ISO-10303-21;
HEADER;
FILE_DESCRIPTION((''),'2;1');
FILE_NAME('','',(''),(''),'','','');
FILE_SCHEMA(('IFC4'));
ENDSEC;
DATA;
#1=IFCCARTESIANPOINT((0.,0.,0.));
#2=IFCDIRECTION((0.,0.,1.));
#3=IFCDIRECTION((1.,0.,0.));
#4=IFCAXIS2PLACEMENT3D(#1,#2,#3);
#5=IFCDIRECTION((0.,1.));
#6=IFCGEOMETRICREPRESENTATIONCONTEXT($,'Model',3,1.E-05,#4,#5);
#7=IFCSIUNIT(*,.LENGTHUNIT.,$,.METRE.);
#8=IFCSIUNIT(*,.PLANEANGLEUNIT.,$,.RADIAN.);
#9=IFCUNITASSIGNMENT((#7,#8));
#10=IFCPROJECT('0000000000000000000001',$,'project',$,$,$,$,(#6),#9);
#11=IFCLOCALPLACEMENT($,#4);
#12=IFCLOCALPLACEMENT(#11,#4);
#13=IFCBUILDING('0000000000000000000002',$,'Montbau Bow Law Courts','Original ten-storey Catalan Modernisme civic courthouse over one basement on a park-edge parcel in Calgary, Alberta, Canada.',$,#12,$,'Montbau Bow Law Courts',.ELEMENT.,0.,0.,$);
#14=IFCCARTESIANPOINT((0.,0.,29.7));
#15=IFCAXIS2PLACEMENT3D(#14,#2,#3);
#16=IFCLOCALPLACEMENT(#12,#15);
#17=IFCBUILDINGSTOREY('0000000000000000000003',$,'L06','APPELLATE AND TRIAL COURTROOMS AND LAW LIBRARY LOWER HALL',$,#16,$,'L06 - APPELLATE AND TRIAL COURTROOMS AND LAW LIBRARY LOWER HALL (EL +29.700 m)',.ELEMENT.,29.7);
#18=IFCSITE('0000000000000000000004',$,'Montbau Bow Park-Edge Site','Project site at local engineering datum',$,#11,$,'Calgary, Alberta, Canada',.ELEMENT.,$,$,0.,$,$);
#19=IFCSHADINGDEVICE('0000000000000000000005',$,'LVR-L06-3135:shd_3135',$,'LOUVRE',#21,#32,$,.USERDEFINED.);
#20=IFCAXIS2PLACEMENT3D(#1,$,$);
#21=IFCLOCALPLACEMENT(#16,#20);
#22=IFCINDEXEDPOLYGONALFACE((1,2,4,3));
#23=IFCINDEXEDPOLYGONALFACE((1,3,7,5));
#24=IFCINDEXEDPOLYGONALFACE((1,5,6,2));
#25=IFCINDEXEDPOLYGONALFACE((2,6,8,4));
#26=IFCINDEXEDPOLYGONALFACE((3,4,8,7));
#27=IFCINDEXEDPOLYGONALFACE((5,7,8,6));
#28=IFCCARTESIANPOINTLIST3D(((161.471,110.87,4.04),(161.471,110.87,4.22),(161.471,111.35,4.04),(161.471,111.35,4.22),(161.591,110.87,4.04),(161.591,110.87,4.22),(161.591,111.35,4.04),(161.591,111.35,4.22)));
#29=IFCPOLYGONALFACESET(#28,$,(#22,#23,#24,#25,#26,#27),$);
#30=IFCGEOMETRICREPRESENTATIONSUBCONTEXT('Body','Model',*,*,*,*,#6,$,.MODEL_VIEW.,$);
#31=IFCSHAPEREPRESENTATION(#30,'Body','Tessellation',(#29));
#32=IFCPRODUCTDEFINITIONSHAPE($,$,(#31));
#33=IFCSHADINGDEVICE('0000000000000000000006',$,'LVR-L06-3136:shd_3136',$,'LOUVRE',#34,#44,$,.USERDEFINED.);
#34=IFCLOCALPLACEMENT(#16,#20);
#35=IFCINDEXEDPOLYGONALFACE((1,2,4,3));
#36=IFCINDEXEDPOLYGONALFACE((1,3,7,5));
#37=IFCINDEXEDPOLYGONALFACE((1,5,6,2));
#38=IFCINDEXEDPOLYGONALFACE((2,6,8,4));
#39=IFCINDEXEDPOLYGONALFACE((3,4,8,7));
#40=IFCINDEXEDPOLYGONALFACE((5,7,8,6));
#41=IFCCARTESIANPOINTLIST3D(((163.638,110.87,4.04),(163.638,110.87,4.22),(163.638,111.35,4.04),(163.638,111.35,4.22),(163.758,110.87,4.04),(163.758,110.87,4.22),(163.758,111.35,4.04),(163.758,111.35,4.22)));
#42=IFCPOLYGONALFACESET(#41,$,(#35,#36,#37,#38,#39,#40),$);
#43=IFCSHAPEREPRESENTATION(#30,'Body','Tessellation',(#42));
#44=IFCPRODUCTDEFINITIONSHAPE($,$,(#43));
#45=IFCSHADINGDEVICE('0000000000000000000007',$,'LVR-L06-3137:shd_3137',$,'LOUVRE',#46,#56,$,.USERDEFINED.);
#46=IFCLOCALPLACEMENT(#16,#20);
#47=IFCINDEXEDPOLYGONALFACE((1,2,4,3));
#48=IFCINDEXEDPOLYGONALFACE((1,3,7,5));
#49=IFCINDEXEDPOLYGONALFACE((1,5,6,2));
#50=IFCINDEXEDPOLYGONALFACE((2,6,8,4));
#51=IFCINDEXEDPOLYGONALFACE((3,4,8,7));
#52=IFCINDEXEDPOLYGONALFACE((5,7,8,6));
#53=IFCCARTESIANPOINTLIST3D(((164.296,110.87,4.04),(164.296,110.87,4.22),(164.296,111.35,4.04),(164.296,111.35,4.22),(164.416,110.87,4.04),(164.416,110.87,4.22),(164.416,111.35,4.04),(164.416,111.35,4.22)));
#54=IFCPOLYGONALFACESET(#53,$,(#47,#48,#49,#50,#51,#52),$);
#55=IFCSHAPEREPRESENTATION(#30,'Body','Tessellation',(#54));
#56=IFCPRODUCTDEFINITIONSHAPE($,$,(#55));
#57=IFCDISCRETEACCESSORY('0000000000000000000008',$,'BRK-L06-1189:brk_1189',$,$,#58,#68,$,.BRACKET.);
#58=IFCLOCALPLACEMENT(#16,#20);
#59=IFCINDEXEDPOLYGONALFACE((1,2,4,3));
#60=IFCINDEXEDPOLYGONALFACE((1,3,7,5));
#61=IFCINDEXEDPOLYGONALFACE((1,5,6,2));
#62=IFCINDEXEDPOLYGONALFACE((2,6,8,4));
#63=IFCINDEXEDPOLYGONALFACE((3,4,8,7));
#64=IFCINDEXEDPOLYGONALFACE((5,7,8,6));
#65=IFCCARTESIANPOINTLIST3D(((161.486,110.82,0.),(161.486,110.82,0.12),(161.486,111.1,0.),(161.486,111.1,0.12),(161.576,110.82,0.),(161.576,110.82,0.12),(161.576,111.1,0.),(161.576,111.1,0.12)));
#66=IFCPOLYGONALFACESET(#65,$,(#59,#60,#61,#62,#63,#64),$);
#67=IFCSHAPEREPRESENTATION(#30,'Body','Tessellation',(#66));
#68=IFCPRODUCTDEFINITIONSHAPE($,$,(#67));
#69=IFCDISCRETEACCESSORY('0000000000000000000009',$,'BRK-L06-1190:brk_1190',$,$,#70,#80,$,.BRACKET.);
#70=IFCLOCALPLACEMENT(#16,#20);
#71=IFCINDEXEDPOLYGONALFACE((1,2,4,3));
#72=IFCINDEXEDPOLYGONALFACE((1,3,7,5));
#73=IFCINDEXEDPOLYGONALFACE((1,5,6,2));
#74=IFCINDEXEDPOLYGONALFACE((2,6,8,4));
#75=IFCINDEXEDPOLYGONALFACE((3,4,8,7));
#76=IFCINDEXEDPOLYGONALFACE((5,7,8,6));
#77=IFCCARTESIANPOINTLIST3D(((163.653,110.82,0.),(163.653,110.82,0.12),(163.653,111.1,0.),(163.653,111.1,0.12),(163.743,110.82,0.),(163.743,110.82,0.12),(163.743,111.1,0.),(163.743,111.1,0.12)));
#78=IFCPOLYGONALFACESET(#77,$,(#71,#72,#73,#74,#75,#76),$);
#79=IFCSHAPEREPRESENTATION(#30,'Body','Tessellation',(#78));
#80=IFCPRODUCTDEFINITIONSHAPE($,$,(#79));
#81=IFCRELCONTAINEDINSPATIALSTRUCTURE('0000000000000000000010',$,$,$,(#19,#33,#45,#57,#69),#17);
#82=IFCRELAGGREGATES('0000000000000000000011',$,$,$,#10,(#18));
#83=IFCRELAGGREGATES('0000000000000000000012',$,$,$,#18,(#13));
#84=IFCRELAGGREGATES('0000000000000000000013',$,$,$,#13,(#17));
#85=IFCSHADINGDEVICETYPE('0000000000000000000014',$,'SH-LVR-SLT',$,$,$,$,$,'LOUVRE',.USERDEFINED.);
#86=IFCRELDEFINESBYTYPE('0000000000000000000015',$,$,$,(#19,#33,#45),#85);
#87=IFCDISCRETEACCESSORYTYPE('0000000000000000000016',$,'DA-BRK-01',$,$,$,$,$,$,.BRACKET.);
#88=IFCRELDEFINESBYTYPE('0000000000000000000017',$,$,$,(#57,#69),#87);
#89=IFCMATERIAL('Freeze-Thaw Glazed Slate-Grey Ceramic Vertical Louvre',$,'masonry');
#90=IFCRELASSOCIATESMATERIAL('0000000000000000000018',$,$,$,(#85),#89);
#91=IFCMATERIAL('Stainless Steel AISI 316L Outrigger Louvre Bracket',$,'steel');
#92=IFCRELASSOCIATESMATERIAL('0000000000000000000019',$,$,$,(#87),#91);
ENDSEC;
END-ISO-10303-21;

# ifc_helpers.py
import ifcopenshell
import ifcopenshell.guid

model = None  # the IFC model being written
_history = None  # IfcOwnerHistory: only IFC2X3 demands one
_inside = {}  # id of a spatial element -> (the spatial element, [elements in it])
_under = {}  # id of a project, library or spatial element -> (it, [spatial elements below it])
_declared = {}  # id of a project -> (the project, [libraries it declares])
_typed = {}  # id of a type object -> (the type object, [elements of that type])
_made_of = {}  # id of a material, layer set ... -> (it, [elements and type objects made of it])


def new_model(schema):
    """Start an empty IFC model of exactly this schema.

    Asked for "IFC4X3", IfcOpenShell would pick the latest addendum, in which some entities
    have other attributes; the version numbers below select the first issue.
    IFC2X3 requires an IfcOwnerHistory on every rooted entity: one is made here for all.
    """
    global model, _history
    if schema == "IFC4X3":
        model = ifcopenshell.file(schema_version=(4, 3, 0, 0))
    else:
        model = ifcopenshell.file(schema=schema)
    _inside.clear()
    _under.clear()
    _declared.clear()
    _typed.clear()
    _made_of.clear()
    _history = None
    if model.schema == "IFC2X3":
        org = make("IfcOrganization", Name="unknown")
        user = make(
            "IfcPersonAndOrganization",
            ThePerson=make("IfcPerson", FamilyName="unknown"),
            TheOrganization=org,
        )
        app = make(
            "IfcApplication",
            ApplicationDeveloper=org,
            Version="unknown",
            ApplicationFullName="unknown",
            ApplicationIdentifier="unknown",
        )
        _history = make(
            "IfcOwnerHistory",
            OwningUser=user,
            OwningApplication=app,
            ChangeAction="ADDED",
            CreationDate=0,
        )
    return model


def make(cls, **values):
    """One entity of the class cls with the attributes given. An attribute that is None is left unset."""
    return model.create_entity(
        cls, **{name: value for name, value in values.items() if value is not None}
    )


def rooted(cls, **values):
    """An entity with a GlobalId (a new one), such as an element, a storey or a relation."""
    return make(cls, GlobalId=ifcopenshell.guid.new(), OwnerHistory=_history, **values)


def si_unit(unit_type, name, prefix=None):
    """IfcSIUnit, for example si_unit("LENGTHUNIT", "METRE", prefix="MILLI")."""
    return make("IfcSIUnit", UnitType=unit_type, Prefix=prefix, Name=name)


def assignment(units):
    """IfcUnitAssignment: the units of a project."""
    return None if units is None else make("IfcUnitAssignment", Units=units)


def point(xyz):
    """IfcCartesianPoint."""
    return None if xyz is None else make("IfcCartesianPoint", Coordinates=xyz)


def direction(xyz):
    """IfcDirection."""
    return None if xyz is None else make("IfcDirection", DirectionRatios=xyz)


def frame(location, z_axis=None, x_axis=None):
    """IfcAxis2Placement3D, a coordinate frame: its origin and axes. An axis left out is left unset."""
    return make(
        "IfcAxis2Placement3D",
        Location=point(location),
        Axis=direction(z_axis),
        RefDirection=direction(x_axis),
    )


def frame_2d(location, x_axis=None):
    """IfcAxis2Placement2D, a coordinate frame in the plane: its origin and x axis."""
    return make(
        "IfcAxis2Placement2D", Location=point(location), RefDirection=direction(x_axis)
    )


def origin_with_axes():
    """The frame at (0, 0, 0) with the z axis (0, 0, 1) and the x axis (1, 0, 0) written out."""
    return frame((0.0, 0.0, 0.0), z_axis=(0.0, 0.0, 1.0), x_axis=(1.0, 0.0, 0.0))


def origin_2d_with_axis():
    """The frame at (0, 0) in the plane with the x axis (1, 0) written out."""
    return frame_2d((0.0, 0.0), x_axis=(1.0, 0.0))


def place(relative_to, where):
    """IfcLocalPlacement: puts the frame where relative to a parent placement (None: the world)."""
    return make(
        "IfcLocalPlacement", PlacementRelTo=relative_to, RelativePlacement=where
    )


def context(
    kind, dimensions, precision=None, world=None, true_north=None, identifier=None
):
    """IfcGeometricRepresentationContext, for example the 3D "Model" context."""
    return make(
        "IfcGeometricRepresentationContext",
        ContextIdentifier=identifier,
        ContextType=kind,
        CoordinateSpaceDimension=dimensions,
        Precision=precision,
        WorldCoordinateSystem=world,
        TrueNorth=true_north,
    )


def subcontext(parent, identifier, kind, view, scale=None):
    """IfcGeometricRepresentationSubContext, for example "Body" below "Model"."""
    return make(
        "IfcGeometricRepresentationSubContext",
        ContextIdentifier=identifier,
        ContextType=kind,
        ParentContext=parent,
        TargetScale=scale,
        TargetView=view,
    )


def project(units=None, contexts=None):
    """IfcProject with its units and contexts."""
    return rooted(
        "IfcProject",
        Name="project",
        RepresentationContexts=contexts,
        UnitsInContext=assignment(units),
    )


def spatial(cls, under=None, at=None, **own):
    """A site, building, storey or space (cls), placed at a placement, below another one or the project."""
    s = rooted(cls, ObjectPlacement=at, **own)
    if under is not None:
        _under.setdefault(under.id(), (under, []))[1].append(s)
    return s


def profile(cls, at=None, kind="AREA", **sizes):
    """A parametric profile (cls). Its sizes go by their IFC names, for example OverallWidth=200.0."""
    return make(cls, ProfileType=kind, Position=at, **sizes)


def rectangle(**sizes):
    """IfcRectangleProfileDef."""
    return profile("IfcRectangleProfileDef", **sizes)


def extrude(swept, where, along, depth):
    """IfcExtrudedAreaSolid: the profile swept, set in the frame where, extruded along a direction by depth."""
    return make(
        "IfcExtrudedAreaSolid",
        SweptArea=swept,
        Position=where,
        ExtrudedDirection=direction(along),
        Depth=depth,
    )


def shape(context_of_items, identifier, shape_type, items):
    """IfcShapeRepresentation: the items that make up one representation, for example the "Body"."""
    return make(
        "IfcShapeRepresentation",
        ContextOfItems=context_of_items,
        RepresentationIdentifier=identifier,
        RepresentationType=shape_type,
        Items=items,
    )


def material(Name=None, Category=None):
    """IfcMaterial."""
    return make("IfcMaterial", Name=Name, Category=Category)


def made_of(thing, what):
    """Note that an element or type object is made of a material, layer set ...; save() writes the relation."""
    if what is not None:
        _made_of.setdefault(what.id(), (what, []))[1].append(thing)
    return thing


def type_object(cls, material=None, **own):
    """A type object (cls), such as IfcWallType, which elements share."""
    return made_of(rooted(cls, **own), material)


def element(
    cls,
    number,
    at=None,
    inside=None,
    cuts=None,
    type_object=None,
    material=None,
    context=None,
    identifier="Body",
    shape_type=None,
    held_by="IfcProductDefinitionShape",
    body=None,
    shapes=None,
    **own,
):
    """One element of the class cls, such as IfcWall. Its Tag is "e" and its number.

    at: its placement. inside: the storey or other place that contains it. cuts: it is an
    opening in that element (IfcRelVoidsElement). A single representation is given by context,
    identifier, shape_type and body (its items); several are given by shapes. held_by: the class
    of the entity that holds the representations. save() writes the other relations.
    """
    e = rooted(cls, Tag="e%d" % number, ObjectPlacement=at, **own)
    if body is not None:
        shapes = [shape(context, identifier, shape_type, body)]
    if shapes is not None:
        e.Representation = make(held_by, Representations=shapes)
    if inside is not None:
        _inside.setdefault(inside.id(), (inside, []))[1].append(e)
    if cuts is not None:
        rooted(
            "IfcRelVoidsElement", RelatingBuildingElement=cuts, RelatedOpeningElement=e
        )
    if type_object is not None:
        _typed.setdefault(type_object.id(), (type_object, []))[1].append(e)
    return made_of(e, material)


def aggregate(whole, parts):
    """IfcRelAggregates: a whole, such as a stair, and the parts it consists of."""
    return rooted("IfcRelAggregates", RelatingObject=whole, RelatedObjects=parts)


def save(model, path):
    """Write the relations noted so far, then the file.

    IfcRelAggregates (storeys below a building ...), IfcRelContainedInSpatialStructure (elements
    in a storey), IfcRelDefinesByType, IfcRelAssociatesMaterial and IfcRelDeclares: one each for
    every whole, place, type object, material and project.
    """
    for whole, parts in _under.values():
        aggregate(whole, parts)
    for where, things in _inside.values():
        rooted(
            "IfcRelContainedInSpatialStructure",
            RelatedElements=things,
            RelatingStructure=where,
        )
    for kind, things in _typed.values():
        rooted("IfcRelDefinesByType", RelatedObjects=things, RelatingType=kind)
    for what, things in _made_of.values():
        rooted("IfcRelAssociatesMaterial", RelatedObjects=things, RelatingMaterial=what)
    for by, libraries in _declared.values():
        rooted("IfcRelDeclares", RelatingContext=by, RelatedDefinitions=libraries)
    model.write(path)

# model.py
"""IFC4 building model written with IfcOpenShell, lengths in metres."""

from ifc_helpers import new_model, si_unit, direction, frame, origin_with_axes, origin_2d_with_axis, place, context, subcontext, project, spatial, rectangle, extrude, material, type_object, element, save


model = new_model("IFC4")

# Units and contexts
model_context = context("Model", 3, precision=1e-05, world=origin_with_axes(), true_north=direction((0.0, 1.0)))
body_context = subcontext(model_context, "Body", "Model", "MODEL_VIEW")
ifc_project = project(units=[si_unit("LENGTHUNIT", "METRE"), si_unit("PLANEANGLEUNIT", "RADIAN")], contexts=[model_context])

# Site, building, storey
site_placement = place(None, origin_with_axes())
site = spatial("IfcSite", under=ifc_project, at=site_placement, Name="Montbau Bow Park-Edge Site", Description="Project site at local engineering datum", LongName="Calgary, Alberta, Canada", CompositionType="ELEMENT", RefElevation=0.0)
building_placement = place(site_placement, origin_with_axes())
building = spatial("IfcBuilding", under=site, at=building_placement, Name="Montbau Bow Law Courts", Description="Original ten-storey Catalan Modernisme civic courthouse over one basement on a park-edge parcel in Calgary, Alberta, Canada.", LongName="Montbau Bow Law Courts", CompositionType="ELEMENT", ElevationOfRefHeight=0.0, ElevationOfTerrain=0.0)
storey_placement = place(building_placement, frame((0.0, 0.0, 29.7), z_axis=(0.0, 0.0, 1.0), x_axis=(1.0, 0.0, 0.0)))
storey = spatial("IfcBuildingStorey", under=building, at=storey_placement, Name="L06", Description="APPELLATE AND TRIAL COURTROOMS AND LAW LIBRARY LOWER HALL", LongName="L06 - APPELLATE AND TRIAL COURTROOMS AND LAW LIBRARY LOWER HALL (EL +29.700 m)", CompositionType="ELEMENT", Elevation=29.7)

# Shared definitions
ifc_material_1 = material(Name="Freeze-Thaw Glazed Slate-Grey Ceramic Vertical Louvre", Category="masonry")

# Shading devices
shading_device_type = type_object("IfcShadingDeviceType", Name="SH-LVR-SLT", ElementType="LOUVRE", PredefinedType="USERDEFINED", material=ifc_material_1)
for number, where, z_axis, x_axis, name in (
    (1, (161.531, 111.11, 33.74), (0.0, 0.0, 1.0), (0.0, 1.0, 0.0), "LVR-L06-3135:shd_3135"),
    (2, (163.698, 111.11, 33.74), (0.0, 0.0, 1.0), (0.0, 1.0, 0.0), "LVR-L06-3136:shd_3136"),
    (3, (164.356, 111.11, 33.74), (0.0, 0.0, 1.0), (0.0, 1.0, 0.0), "LVR-L06-3137:shd_3137"),
):
    element("IfcShadingDevice", number, at=place(None, frame(where, z_axis=z_axis, x_axis=x_axis)), inside=storey, type_object=shading_device_type, Name=name, ObjectType="LOUVRE", PredefinedType="USERDEFINED", context=body_context, shape_type="SweptSolid", body=[
        extrude(rectangle(XDim=0.48, YDim=0.12, at=origin_2d_with_axis()), origin_with_axes(), (0.0, 0.0, 1.0), 0.18),
    ])

# Discrete accessories
ifc_material_2 = material(Name="Stainless Steel AISI 316L Outrigger Louvre Bracket", Category="steel")
discrete_accessory_type = type_object("IfcDiscreteAccessoryType", Name="DA-BRK-01", PredefinedType="BRACKET", material=ifc_material_2)
for number, where, z_axis, x_axis, name in (
    (4, (161.531, 110.96, 29.7), (0.0, 0.0, 1.0), (0.0, 1.0, 0.0), "BRK-L06-1189:brk_1189"),
    (5, (163.698, 110.96, 29.7), (0.0, 0.0, 1.0), (0.0, 1.0, 0.0), "BRK-L06-1190:brk_1190"),
):
    element("IfcDiscreteAccessory", number, at=place(None, frame(where, z_axis=z_axis, x_axis=x_axis)), inside=storey, type_object=discrete_accessory_type, Name=name, PredefinedType="BRACKET", context=body_context, shape_type="SweptSolid", body=[
        extrude(rectangle(XDim=0.28, YDim=0.09, at=origin_2d_with_axis()), origin_with_axes(), (0.0, 0.0, 1.0), 0.12),
    ])

save(model, "model.ifc")
